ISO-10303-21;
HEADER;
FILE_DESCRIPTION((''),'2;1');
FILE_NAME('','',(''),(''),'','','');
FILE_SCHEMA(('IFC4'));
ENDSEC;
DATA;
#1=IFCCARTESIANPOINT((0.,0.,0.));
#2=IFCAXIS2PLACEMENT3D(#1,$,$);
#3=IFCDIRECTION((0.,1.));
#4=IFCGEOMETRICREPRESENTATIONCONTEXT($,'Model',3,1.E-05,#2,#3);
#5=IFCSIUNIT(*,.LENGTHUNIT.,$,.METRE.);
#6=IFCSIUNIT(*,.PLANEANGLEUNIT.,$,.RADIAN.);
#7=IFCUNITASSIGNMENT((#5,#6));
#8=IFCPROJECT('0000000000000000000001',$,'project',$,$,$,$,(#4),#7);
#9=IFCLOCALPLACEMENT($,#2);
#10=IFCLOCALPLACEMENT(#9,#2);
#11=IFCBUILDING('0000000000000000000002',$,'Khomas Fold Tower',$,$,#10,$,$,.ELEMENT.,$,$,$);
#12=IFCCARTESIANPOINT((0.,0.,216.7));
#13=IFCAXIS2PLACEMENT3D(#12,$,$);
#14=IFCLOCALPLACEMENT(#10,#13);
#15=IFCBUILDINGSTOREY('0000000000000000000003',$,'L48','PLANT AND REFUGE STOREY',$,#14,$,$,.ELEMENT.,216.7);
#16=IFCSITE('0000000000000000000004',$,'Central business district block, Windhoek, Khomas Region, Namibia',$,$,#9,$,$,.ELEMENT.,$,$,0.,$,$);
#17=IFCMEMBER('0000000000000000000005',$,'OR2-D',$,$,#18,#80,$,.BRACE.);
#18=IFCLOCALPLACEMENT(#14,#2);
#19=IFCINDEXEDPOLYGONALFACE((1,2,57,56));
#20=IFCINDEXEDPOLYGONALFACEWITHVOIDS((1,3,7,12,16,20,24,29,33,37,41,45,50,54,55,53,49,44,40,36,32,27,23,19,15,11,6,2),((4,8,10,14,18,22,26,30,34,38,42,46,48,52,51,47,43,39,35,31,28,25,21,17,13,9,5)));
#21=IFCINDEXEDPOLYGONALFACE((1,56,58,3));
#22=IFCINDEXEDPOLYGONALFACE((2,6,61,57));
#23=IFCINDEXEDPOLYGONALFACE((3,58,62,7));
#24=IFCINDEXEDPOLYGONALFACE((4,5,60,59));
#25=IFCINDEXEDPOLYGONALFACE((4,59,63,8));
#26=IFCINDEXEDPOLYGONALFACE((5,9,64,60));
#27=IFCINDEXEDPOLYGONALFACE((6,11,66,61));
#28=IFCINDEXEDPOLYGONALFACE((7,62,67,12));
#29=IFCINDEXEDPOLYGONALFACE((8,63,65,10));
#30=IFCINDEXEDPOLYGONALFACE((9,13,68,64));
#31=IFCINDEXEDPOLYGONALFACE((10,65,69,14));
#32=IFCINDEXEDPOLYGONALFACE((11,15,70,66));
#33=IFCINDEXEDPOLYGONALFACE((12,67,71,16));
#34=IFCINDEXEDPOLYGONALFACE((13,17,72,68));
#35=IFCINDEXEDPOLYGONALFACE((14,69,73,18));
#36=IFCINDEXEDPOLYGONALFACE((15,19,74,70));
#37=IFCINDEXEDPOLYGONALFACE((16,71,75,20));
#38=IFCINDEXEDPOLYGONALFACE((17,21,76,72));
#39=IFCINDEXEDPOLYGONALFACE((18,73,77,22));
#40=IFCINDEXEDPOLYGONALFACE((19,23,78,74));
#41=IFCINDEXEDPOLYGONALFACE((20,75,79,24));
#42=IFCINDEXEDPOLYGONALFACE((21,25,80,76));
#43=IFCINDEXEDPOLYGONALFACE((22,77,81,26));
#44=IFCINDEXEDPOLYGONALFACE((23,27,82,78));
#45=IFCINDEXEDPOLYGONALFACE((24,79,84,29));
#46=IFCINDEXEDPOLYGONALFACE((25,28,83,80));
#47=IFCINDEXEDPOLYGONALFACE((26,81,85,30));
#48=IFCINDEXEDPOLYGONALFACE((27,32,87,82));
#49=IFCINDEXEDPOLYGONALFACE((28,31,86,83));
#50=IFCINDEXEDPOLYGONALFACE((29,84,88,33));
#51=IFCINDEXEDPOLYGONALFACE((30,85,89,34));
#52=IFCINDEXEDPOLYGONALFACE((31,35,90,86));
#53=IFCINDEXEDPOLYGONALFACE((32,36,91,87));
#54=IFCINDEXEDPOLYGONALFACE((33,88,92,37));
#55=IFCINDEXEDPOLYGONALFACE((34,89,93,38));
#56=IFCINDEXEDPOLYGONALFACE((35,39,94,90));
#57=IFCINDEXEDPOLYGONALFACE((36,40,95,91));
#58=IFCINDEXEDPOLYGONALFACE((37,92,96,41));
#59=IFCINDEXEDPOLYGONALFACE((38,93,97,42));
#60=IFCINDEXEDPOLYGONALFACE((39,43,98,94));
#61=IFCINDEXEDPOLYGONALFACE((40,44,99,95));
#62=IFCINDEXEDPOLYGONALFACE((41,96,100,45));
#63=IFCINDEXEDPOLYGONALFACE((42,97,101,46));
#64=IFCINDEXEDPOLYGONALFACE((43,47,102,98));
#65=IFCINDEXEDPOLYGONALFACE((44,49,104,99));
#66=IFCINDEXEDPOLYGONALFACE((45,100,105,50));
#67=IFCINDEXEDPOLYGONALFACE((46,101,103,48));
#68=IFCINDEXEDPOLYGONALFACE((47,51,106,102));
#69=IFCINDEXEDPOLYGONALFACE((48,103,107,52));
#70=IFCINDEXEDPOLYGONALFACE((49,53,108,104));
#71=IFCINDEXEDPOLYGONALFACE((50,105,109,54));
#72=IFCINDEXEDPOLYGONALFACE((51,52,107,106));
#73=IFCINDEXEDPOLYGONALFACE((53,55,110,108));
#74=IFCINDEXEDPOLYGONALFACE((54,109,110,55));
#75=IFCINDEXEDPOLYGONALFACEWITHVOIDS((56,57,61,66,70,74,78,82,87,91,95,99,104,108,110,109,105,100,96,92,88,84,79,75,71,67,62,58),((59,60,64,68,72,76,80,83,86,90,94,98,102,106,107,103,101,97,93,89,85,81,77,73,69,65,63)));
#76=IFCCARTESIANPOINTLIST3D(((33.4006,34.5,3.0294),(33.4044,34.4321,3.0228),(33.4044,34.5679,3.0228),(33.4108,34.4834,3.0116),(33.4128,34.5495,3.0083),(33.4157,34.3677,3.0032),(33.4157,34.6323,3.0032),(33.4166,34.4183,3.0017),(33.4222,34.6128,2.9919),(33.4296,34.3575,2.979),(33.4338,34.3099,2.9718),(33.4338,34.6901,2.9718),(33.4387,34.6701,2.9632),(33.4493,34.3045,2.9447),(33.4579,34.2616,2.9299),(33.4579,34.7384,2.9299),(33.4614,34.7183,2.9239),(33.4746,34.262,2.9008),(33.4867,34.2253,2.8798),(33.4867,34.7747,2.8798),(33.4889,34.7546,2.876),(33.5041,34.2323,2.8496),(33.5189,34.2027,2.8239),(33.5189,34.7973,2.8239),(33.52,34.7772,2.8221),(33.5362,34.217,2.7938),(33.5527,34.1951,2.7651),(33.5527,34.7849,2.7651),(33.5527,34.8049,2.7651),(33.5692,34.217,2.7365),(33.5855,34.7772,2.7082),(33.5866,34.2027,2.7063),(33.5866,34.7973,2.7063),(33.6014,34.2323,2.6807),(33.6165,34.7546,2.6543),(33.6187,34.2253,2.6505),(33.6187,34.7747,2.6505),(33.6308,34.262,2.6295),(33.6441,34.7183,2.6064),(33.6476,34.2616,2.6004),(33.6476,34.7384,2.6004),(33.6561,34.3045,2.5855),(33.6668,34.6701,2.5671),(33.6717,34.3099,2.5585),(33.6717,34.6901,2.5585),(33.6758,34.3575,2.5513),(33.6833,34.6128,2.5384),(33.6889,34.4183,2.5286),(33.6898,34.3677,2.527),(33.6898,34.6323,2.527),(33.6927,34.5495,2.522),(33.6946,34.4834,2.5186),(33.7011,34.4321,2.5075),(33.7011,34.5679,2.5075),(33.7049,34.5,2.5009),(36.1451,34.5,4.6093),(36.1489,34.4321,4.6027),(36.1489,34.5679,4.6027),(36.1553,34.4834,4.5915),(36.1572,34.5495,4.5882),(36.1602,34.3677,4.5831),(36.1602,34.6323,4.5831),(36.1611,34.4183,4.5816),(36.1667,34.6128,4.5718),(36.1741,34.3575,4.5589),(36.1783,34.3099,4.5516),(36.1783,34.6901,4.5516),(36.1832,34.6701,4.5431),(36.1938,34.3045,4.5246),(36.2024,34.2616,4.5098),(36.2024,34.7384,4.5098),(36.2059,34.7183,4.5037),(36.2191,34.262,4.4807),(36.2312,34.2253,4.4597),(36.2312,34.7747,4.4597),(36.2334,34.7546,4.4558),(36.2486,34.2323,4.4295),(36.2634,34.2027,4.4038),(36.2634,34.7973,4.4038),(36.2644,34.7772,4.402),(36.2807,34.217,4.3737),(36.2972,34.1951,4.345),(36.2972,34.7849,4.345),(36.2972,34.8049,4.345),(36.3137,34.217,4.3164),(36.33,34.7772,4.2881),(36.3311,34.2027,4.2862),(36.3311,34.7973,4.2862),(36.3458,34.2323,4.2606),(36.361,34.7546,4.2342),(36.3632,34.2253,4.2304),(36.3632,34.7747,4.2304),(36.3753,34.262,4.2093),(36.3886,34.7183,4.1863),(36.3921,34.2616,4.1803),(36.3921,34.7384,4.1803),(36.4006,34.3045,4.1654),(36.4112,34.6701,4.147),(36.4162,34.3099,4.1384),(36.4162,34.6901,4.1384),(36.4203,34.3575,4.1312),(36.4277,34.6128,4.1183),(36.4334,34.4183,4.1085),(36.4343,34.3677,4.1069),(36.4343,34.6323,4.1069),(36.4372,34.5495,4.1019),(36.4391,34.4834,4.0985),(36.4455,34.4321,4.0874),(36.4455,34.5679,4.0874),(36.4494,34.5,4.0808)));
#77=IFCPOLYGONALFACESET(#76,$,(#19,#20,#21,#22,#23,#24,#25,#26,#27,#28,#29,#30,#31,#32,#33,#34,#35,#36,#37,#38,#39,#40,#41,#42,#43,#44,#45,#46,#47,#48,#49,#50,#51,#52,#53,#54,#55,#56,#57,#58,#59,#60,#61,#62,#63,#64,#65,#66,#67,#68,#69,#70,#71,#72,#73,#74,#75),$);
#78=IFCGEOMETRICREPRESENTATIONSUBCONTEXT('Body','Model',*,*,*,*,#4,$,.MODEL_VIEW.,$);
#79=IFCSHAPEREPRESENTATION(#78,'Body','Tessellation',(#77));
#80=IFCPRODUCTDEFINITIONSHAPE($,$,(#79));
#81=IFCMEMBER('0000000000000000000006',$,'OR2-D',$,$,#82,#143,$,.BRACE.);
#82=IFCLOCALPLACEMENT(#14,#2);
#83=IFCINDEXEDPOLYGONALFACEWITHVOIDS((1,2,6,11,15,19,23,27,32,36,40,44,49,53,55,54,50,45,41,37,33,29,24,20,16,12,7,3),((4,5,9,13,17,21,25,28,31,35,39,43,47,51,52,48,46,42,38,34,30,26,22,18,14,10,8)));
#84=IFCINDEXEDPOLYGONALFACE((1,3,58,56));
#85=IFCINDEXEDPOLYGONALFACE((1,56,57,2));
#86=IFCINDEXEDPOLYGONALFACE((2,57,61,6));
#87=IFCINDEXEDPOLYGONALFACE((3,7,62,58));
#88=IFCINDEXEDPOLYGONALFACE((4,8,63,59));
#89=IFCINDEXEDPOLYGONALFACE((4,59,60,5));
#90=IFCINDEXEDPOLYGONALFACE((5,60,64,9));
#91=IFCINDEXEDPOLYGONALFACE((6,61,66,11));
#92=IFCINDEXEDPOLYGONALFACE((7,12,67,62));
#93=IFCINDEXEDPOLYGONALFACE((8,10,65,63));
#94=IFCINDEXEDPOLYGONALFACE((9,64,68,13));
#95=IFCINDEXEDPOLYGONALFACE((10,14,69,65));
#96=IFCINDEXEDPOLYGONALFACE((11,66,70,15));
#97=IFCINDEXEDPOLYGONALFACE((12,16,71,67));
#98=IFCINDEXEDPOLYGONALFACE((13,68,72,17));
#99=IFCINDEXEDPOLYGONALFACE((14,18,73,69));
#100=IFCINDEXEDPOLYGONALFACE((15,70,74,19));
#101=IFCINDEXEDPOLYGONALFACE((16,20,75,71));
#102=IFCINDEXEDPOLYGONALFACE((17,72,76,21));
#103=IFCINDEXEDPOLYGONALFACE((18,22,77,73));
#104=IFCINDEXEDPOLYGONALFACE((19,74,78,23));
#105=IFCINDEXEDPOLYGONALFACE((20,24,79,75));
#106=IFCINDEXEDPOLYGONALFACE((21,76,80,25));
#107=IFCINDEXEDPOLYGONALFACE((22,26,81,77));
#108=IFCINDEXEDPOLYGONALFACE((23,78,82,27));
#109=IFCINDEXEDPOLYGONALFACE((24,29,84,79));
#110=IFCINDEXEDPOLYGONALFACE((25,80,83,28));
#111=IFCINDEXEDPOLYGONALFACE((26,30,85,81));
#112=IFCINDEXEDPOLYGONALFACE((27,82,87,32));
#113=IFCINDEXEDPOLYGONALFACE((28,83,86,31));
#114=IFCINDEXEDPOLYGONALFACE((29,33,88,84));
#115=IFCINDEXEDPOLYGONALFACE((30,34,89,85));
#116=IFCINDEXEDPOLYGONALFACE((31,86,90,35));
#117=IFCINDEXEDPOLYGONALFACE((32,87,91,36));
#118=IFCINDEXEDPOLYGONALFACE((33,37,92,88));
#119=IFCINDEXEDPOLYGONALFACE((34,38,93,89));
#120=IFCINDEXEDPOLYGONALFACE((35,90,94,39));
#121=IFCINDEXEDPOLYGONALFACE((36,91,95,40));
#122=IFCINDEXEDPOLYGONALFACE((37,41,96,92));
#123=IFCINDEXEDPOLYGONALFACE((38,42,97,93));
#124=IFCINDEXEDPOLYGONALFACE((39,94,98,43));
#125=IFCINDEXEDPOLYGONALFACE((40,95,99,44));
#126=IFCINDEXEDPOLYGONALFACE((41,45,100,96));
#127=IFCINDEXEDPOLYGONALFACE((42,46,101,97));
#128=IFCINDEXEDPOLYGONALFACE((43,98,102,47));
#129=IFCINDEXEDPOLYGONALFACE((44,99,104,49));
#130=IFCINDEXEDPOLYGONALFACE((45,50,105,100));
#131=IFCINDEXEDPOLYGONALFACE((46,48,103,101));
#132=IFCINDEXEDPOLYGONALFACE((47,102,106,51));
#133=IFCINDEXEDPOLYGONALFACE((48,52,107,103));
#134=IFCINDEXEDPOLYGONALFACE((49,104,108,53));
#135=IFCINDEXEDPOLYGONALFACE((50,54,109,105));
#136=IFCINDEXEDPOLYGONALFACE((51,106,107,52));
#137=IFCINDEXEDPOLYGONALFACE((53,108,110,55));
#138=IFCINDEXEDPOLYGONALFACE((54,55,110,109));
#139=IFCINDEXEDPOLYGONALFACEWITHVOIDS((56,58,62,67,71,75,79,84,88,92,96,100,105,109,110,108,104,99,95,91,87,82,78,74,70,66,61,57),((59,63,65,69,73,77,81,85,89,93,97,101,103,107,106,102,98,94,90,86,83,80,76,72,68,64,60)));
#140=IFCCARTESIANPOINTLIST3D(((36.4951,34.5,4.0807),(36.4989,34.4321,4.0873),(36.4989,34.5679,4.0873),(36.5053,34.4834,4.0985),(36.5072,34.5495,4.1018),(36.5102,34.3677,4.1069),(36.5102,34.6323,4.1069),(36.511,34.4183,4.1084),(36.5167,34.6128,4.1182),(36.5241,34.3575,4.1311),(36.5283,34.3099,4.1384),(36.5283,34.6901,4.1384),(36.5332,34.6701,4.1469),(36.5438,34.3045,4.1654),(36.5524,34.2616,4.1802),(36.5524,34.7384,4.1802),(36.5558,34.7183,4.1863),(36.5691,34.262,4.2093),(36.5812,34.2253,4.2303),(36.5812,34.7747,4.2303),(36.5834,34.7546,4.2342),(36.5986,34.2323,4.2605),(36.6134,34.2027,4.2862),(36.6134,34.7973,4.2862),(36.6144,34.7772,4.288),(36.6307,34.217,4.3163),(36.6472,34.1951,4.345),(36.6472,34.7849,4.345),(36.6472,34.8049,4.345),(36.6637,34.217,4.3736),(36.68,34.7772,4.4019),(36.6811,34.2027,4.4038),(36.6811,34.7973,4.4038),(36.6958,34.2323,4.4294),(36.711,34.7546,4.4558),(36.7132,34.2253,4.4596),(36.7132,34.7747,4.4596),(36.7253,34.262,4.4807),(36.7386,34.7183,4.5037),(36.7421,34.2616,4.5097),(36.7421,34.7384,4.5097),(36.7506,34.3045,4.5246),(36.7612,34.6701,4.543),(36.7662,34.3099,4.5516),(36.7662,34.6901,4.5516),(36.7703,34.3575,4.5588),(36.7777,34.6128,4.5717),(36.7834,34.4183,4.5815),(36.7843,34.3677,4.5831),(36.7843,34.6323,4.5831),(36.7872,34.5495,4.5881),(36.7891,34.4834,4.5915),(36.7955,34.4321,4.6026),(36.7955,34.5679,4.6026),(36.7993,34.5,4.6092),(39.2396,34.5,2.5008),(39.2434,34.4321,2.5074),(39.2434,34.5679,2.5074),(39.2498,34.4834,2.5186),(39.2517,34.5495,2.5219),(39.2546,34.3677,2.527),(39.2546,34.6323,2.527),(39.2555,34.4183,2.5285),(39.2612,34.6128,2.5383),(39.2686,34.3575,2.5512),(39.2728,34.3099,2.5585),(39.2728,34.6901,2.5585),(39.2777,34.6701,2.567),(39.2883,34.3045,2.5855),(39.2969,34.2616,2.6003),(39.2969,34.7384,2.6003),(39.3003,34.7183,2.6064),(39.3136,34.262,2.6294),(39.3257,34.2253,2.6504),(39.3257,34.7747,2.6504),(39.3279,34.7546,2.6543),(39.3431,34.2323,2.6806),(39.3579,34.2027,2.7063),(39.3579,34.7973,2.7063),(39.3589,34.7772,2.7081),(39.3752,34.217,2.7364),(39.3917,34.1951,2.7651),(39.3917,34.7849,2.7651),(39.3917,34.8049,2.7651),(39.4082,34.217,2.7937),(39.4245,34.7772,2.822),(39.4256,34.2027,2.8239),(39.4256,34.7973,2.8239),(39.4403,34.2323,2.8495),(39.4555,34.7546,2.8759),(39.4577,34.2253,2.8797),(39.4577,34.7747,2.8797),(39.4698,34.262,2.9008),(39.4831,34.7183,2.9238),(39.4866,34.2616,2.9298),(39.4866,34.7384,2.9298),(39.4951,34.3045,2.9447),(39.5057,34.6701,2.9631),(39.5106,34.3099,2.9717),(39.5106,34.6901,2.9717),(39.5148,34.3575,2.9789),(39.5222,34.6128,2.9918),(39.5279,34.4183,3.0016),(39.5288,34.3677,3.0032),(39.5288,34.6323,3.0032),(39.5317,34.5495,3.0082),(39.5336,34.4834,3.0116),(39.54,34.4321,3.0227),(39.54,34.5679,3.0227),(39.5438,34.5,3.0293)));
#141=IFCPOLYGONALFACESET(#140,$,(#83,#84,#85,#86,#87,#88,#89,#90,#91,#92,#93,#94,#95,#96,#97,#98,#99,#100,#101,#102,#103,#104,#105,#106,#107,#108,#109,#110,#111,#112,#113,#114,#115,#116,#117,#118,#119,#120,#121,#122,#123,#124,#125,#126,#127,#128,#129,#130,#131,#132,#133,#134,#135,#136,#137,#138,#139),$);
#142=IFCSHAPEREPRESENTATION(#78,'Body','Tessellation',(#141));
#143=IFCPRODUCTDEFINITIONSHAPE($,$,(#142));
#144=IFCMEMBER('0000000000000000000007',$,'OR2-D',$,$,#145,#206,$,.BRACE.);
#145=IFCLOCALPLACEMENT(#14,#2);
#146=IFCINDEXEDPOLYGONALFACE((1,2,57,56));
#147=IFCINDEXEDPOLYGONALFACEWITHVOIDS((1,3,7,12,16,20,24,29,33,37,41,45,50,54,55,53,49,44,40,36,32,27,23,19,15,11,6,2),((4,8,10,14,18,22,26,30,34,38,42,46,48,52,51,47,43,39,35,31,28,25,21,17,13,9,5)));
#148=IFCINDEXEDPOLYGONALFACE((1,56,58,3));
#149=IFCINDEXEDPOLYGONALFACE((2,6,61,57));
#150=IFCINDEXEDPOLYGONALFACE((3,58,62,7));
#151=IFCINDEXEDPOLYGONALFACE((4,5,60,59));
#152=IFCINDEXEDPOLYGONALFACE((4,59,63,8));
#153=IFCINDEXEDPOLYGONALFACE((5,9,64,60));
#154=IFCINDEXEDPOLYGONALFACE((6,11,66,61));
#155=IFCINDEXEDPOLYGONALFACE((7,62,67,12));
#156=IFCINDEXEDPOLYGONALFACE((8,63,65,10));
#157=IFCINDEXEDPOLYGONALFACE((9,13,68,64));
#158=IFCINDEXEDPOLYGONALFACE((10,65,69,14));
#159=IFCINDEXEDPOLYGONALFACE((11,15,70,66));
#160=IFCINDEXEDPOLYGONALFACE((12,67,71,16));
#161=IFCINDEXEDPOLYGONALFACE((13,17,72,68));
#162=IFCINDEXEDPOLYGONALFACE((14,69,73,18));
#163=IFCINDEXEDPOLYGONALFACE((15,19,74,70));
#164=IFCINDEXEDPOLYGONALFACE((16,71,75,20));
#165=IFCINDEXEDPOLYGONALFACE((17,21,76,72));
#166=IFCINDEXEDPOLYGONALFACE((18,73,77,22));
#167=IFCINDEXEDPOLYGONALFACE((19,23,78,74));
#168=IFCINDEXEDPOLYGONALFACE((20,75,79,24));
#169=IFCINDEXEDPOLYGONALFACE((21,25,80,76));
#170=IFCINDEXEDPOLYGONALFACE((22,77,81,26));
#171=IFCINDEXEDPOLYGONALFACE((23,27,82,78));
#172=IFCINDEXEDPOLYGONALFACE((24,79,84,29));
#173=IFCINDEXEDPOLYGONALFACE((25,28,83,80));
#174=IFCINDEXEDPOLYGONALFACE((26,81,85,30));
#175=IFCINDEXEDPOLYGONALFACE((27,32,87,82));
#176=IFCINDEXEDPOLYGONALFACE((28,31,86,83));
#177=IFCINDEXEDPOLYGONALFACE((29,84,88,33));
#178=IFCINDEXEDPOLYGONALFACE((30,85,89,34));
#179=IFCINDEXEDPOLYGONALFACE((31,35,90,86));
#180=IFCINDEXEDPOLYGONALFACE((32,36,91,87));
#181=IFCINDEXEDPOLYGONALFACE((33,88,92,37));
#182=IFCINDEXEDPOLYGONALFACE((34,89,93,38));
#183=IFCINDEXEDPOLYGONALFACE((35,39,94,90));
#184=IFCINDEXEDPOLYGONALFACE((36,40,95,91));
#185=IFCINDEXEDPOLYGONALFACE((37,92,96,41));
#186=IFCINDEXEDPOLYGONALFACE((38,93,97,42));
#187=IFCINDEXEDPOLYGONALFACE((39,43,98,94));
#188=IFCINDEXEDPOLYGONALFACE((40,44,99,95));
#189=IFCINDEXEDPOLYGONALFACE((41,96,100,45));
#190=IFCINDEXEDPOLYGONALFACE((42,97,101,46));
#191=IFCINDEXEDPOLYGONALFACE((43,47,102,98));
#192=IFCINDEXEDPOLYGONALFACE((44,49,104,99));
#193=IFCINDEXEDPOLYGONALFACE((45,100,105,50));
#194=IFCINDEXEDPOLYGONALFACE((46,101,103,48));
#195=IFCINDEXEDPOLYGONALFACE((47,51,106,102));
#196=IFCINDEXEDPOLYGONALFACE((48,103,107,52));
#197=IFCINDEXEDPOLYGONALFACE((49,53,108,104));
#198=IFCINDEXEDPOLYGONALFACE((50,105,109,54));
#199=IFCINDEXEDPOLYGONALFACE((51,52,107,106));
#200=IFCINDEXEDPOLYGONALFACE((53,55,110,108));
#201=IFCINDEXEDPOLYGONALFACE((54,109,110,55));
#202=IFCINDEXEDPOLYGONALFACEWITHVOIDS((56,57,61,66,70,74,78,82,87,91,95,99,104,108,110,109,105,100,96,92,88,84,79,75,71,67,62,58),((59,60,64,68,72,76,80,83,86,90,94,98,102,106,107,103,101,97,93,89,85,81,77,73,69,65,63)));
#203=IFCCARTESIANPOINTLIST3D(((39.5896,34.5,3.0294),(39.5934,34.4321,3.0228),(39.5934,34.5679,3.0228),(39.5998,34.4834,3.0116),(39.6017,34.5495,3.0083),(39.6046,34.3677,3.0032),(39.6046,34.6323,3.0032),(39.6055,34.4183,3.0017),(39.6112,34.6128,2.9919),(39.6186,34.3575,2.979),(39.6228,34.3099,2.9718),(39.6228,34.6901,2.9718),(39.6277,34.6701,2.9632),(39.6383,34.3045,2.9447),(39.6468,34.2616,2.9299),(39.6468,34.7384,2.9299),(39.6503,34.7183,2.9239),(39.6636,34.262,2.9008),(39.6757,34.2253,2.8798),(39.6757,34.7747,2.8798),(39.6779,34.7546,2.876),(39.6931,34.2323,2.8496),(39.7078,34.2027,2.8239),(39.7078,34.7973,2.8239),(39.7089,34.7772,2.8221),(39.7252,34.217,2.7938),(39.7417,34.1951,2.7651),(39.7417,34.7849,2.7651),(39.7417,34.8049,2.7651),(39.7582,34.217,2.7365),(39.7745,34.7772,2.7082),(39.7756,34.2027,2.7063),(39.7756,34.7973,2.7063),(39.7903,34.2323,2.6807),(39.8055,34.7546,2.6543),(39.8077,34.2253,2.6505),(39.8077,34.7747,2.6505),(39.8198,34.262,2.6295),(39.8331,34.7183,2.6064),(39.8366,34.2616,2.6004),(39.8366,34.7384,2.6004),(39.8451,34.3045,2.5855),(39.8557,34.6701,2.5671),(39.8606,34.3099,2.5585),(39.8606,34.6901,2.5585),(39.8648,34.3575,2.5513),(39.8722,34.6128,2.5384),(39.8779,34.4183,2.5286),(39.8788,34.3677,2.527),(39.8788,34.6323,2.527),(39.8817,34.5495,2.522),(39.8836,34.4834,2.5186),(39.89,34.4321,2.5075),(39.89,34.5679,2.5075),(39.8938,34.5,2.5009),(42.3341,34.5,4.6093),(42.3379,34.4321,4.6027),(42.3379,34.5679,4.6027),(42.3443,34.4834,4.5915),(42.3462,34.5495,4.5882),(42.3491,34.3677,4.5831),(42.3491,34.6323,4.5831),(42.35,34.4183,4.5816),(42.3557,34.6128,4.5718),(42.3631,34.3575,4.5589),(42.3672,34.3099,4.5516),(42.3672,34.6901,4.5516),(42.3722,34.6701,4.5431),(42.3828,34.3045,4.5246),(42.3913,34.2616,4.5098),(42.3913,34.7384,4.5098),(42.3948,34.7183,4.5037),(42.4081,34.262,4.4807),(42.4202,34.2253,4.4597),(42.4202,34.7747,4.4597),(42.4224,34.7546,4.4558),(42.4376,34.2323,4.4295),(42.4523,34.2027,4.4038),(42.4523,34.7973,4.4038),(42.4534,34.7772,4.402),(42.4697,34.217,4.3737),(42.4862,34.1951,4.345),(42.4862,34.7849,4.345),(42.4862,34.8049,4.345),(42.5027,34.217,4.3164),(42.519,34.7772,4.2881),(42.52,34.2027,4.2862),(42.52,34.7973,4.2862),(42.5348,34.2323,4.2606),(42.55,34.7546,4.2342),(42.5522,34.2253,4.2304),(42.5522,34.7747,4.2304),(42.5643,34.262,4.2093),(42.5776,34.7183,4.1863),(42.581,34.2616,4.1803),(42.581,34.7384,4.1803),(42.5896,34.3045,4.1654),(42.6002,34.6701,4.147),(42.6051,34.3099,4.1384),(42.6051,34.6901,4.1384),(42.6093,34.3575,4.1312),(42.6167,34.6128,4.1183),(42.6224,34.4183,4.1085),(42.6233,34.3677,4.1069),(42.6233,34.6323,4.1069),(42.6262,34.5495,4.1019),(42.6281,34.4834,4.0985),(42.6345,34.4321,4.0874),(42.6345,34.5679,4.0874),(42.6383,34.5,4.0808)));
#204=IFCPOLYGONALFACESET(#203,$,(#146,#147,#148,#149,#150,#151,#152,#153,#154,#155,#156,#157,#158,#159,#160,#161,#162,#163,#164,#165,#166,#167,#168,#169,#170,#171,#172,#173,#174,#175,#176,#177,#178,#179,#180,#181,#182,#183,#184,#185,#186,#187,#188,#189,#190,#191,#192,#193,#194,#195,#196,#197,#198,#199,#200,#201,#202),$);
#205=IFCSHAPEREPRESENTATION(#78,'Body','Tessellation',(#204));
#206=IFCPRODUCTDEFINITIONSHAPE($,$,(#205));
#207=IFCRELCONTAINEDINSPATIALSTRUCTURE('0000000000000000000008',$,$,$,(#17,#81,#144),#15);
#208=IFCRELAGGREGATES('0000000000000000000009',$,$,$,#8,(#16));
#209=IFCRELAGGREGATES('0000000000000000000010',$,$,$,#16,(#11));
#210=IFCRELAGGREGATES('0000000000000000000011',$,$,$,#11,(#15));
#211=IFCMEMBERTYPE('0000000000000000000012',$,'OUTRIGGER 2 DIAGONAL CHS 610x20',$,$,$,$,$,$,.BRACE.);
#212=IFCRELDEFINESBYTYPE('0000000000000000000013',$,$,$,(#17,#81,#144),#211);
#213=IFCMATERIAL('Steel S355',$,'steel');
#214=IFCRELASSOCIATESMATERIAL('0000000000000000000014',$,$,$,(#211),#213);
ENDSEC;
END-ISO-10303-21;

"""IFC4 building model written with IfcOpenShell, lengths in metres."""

from ifc_helpers import new_model, si_unit, direction, frame, origin, origin_2d, place, context, subcontext, project, spatial, hollow_circle, extrude, source, transform, mapped, material, material_profile, profile_set, type_object, element, save


model = new_model("IFC4")

# Units and contexts
model_context = context("Model", 3, precision=1e-05, world=origin(), true_north=direction((0.0, 1.0)))
body_context = subcontext(model_context, "Body", "Model", "MODEL_VIEW")
ifc_project = project(units=[si_unit("LENGTHUNIT", "METRE"), si_unit("PLANEANGLEUNIT", "RADIAN")], contexts=[model_context])

# Site, building, storey
site_placement = place(None, origin())
site = spatial("IfcSite", under=ifc_project, at=site_placement, Name="Central business district block, Windhoek, Khomas Region, Namibia", CompositionType="ELEMENT", RefElevation=0.0)
building_placement = place(site_placement, origin())
building = spatial("IfcBuilding", under=site, at=building_placement, Name="Khomas Fold Tower", CompositionType="ELEMENT")
storey_placement = place(building_placement, frame((0.0, 0.0, 216.7)))
storey = spatial("IfcBuildingStorey", under=building, at=storey_placement, Name="L48", Description="PLANT AND REFUGE STOREY", CompositionType="ELEMENT", Elevation=216.7)

# Members
ifc_material_1 = material(Name="Steel S355", Category="steel")
ifc_material_profile_1 = material_profile(ifc_material_1, hollow_circle(Radius=0.3049, WallThickness=0.02, at=origin_2d()), Name="CHS 610x20")
ifc_profile_set_1 = profile_set([ifc_material_profile_1], Name="Steel S355")
member_type_1 = type_object("IfcMemberType", Name="OUTRIGGER 2 DIAGONAL CHS 610x20", PredefinedType="BRACE", material=ifc_profile_set_1)
shared_shape_1 = source(origin(), body_context, "Body", "SweptSolid", [
    extrude(hollow_circle(Radius=0.3049, WallThickness=0.02, at=origin_2d()), origin(), (0.0, 0.0, 1.0), 3.1667),
])
for number, where, z_axis, x_axis, name in (
    (1, (33.5527, 34.5, 2.7651), (0.866659, 0.0, 0.498901), (0.0, 1.0, 0.0), "OR2-D"),
    (2, (36.6472, 34.5, 4.345), (0.866659, 0.0, -0.498901), (0.0, 1.0, 0.0), "OR2-D"),
    (3, (39.7417, 34.5, 2.7651), (0.866659, 0.0, 0.498901), (0.0, 1.0, 0.0), "OR2-D"),
):
    element("IfcMember", number, at=place(storey_placement, frame(where, z_axis=z_axis, x_axis=x_axis)), inside=storey, type_object=member_type_1, Name=name, PredefinedType="BRACE", context=body_context, shape_type="MappedRepresentation", body=[
        mapped(shared_shape_1, transform((0.0, 0.0, 0.0))),
    ])

save(model, "model.ifc")
